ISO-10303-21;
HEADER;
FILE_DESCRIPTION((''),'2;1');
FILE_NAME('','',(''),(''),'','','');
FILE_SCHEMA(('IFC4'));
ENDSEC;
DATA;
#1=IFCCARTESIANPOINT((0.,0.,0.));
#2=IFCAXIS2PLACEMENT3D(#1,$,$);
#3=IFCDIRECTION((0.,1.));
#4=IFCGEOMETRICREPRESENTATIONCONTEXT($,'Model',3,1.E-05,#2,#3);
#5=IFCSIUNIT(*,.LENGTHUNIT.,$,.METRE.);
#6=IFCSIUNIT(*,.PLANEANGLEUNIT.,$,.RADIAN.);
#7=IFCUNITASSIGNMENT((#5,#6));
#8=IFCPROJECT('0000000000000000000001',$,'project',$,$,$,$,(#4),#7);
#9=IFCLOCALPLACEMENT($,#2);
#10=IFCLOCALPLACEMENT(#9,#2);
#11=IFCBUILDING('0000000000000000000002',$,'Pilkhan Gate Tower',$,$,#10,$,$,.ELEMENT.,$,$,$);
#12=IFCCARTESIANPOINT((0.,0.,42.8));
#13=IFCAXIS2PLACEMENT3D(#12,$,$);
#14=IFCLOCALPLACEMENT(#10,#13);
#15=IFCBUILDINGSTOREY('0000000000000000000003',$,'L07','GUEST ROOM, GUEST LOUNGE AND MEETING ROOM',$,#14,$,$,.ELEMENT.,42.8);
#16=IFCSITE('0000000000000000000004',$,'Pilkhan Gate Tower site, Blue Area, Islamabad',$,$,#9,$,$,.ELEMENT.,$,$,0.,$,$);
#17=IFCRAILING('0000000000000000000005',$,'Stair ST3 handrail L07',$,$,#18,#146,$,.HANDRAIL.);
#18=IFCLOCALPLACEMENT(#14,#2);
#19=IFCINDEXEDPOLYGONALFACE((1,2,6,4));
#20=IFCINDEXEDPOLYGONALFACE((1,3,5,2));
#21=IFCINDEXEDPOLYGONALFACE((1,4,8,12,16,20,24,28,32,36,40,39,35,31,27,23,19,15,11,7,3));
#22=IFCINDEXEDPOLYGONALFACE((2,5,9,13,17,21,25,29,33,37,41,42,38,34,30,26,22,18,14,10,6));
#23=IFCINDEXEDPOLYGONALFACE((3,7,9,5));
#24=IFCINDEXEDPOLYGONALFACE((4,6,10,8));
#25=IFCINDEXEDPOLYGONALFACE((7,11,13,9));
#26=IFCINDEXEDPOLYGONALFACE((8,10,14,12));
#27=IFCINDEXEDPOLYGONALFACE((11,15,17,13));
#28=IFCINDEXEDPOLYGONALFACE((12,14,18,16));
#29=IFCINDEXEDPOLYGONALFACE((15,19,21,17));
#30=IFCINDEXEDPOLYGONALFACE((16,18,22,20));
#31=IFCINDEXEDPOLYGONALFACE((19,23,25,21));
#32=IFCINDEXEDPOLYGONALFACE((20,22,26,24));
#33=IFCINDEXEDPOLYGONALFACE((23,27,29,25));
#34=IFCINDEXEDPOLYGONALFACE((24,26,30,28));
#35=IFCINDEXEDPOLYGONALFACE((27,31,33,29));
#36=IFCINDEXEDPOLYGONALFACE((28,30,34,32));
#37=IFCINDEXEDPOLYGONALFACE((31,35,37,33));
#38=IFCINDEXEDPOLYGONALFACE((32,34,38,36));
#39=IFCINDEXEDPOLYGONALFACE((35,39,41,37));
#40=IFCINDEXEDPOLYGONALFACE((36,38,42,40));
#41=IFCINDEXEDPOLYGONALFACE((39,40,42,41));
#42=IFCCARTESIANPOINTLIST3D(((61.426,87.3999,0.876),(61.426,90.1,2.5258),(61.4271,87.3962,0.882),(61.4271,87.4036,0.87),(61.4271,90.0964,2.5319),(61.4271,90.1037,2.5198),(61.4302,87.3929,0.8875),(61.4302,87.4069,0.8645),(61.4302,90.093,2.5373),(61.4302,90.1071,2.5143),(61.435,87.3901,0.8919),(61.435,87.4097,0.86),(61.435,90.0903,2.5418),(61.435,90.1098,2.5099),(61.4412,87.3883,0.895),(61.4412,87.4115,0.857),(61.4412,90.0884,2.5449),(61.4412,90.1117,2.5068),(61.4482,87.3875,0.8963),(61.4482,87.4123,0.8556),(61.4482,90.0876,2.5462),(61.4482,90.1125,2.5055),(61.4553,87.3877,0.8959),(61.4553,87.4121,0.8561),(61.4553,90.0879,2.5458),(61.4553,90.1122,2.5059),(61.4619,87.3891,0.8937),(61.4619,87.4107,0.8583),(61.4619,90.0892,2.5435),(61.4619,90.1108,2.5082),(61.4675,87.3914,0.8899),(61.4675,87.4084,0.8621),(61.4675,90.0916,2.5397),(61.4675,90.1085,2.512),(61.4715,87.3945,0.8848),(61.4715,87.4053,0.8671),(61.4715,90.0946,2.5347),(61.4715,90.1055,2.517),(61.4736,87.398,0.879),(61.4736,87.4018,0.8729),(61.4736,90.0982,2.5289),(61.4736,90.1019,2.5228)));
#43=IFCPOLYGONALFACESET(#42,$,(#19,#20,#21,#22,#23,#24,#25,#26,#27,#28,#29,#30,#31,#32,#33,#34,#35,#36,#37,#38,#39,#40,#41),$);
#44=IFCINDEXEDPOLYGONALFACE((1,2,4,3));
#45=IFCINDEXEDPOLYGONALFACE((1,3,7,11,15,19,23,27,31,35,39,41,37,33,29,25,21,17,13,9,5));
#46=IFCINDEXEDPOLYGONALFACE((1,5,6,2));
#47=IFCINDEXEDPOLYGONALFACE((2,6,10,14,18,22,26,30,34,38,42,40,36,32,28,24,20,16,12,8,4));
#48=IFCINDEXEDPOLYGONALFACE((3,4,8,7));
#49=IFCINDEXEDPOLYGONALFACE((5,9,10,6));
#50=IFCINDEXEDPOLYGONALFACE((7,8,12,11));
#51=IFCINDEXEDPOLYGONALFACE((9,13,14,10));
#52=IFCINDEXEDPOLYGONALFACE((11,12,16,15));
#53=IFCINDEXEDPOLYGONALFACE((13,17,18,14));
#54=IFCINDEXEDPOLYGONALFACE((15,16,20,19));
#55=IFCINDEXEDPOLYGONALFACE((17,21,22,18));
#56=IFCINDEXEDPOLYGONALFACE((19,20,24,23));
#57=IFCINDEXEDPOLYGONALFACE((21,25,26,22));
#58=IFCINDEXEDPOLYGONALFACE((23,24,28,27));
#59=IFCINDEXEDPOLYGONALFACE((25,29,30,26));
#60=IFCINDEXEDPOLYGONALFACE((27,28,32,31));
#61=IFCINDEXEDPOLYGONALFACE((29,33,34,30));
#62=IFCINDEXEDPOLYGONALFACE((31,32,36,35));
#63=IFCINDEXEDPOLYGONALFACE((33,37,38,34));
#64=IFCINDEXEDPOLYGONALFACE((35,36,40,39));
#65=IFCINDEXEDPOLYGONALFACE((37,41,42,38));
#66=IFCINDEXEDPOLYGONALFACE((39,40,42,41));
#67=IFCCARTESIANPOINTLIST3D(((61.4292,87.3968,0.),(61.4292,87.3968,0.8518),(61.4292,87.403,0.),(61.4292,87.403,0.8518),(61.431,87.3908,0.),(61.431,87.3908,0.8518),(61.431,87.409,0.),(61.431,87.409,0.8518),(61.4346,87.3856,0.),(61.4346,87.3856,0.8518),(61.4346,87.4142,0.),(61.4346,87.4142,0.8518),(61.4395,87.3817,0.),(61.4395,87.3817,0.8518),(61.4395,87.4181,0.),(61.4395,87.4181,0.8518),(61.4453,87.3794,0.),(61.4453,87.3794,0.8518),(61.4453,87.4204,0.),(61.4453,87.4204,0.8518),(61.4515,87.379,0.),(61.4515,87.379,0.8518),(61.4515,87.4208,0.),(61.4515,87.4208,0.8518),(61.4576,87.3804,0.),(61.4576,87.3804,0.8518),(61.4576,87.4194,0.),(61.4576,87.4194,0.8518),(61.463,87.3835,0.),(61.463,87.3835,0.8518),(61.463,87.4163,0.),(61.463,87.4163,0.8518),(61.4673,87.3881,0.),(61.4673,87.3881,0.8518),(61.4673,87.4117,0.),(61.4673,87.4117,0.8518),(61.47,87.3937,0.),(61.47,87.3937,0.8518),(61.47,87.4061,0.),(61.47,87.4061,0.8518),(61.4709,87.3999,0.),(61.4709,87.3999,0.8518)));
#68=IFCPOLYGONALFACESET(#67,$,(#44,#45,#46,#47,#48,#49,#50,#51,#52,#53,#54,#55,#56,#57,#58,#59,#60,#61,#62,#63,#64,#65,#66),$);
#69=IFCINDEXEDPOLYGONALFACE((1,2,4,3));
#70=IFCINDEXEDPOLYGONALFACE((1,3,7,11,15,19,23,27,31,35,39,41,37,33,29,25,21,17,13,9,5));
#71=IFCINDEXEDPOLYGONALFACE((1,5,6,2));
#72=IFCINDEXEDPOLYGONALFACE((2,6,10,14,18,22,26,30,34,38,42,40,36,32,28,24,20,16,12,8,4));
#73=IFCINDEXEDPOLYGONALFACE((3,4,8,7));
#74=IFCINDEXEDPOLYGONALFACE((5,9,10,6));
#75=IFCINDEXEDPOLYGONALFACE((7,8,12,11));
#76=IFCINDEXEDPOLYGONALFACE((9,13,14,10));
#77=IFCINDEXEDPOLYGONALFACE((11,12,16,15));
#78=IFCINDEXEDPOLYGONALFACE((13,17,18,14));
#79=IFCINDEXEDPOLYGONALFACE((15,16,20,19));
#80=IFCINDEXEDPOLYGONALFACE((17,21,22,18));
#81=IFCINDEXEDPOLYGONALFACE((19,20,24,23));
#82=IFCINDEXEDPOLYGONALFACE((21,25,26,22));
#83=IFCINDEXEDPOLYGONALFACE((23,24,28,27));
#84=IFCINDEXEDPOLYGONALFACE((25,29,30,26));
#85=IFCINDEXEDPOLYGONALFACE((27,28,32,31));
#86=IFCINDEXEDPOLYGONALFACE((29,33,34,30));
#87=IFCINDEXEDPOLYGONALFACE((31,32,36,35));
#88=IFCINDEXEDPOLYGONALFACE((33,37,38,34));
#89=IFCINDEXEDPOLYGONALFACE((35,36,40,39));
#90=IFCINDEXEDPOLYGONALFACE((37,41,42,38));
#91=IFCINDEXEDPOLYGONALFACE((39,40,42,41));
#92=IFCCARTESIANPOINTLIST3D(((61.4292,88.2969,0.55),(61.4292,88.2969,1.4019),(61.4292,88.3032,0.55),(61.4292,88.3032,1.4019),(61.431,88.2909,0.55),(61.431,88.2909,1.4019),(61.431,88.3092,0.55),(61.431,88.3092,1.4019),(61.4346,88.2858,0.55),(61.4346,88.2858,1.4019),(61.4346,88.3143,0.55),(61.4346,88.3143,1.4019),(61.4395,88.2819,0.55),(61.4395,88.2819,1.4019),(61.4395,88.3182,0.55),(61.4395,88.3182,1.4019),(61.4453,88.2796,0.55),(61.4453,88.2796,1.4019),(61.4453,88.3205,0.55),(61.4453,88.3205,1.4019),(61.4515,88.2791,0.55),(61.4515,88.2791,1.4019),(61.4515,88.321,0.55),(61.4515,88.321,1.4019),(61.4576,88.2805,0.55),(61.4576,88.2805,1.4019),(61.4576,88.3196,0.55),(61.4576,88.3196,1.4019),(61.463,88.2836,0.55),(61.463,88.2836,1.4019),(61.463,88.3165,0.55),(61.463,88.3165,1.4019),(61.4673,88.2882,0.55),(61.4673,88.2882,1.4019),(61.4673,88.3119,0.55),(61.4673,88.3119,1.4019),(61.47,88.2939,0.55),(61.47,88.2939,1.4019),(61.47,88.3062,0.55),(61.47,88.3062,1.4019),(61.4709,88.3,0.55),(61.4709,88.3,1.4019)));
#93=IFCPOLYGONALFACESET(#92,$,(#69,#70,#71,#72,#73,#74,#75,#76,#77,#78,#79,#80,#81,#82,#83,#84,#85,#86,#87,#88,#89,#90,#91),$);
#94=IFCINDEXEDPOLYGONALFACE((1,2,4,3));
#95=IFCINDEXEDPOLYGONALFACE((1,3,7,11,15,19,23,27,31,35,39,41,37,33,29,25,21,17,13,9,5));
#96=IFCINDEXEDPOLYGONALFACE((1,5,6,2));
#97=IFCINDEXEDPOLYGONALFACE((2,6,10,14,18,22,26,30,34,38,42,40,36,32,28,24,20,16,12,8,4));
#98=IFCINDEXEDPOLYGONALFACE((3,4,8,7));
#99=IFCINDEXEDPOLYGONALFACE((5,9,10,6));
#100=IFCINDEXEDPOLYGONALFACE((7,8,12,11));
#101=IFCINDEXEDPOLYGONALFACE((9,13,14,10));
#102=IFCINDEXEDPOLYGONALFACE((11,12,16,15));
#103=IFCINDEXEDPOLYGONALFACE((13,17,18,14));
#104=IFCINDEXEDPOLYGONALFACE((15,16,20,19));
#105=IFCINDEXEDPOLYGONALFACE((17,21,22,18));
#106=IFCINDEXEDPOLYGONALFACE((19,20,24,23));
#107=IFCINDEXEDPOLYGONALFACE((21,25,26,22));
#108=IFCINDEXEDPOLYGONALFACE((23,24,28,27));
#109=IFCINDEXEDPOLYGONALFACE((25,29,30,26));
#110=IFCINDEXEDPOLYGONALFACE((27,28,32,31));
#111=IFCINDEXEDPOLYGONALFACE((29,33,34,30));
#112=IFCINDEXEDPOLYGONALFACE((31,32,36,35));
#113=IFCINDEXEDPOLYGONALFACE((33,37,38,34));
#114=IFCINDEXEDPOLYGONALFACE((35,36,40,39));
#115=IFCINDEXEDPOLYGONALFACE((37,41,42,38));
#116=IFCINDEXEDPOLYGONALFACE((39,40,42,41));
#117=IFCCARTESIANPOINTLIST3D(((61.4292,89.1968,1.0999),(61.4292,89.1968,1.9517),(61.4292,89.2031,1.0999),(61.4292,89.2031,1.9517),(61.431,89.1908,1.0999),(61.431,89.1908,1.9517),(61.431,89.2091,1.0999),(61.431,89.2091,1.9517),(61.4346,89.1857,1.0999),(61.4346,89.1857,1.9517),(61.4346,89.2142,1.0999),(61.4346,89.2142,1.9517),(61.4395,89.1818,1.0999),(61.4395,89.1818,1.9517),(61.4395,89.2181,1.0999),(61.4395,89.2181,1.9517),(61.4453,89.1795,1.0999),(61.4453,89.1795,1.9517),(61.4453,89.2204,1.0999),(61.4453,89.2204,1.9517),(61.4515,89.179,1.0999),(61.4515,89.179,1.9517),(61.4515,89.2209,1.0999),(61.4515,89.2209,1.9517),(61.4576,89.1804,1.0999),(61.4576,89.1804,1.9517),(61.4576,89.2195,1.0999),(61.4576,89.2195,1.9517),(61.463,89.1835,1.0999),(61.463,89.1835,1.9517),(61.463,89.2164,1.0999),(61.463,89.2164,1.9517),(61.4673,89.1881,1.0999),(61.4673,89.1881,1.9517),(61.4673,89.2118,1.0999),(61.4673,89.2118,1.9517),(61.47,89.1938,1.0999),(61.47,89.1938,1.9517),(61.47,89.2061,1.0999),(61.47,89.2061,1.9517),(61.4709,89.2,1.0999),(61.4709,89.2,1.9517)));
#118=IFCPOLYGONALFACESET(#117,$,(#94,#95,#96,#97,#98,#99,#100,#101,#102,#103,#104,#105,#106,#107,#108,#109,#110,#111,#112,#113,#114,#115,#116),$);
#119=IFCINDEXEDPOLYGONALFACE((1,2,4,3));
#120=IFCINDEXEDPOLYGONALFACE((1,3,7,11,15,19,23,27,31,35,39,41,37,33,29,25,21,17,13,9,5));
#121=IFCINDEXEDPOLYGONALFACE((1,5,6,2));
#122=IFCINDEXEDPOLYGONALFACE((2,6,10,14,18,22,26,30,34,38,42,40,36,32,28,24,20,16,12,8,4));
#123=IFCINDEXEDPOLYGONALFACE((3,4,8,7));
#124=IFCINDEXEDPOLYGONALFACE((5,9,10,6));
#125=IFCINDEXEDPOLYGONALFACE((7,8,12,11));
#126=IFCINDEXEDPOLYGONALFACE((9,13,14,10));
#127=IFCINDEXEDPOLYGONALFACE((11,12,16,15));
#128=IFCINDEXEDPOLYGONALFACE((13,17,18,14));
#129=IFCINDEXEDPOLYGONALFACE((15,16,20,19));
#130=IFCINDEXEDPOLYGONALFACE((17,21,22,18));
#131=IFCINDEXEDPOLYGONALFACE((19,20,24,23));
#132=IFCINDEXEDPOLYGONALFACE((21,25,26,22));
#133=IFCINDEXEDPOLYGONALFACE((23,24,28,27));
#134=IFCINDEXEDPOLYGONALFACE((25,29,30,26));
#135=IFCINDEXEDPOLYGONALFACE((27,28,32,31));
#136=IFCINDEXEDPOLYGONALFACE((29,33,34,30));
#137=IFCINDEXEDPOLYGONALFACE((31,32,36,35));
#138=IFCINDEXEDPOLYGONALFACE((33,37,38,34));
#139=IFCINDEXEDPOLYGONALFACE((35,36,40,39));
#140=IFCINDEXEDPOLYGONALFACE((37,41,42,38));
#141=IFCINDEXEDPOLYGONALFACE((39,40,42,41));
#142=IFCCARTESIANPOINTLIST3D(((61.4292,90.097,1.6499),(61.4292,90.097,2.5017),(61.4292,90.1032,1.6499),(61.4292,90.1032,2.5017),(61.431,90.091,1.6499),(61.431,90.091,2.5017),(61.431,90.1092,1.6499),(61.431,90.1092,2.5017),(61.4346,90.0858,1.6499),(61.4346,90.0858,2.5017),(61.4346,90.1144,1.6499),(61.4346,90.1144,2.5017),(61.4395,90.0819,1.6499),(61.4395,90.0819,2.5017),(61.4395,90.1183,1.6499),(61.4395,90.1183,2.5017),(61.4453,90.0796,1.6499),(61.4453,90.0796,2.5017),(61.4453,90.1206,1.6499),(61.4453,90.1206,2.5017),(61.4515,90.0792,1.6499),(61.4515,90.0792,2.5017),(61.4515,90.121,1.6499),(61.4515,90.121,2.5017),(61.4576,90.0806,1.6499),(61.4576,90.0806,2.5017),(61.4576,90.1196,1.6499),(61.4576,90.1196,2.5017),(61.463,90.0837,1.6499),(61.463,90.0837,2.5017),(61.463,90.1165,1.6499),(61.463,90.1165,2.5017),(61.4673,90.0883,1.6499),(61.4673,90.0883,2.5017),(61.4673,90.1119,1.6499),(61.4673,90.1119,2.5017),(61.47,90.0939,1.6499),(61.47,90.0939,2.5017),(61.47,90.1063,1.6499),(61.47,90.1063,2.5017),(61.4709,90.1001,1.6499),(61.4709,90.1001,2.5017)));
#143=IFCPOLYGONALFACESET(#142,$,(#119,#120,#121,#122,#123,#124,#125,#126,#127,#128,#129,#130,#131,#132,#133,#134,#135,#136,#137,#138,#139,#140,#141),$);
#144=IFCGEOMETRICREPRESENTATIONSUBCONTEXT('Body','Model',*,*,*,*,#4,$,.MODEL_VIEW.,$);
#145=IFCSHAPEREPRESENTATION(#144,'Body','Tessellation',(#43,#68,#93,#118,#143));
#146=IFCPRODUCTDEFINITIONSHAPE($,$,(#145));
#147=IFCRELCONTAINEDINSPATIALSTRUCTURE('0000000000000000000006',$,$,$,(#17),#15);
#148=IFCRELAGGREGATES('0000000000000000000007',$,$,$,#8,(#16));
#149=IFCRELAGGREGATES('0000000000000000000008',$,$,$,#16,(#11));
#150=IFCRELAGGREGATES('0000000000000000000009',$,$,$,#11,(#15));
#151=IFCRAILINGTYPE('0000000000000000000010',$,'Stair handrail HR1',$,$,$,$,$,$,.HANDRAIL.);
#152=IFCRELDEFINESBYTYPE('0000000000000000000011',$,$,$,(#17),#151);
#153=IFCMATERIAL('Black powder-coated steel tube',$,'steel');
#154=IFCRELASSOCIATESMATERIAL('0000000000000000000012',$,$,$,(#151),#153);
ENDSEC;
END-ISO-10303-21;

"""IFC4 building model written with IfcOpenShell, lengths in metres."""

from ifc_helpers import new_model, si_unit, direction, frame, origin, origin_2d, place, context, subcontext, project, spatial, circle, extrude, material, type_object, element, save


model = new_model("IFC4")

# Units and contexts
model_context = context("Model", 3, precision=1e-05, world=origin(), true_north=direction((0.0, 1.0)))
body_context = subcontext(model_context, "Body", "Model", "MODEL_VIEW")
ifc_project = project(units=[si_unit("LENGTHUNIT", "METRE"), si_unit("PLANEANGLEUNIT", "RADIAN")], contexts=[model_context])

# Site, building, storey
site_placement = place(None, origin())
site = spatial("IfcSite", under=ifc_project, at=site_placement, Name="Pilkhan Gate Tower site, Blue Area, Islamabad", CompositionType="ELEMENT", RefElevation=0.0)
building_placement = place(site_placement, origin())
building = spatial("IfcBuilding", under=site, at=building_placement, Name="Pilkhan Gate Tower", CompositionType="ELEMENT")
storey_placement = place(building_placement, frame((0.0, 0.0, 42.8)))
storey = spatial("IfcBuildingStorey", under=building, at=storey_placement, Name="L07", Description="GUEST ROOM, GUEST LOUNGE AND MEETING ROOM", CompositionType="ELEMENT", Elevation=42.8)

# Railing
ifc_material_1 = material(Name="Black powder-coated steel tube", Category="steel")
railing_type_1 = type_object("IfcRailingType", Name="Stair handrail HR1", PredefinedType="HANDRAIL", material=ifc_material_1)
railing_1_placement = place(storey_placement, frame((61.45, 87.3999, 0.0)))
element("IfcRailing", 1, at=railing_1_placement, inside=storey, type_object=railing_type_1, Name="Stair ST3 handrail L07", PredefinedType="HANDRAIL", context=body_context, shape_type="SweptSolid", body=[
    extrude(circle(Radius=0.0239, at=origin_2d()), frame((0.0, 0.0, 0.876), z_axis=(0.0, 0.853312, 0.5214), x_axis=(-1.0, 0.0, 0.0)), (0.0, 0.0, 1.0), 3.1643),
    extrude(circle(Radius=0.021, at=origin_2d()), origin(), (0.0, 0.0, 1.0), 0.8518),
    extrude(circle(Radius=0.021, at=origin_2d()), frame((0.0, 0.9001, 0.55)), (0.0, 0.0, 1.0), 0.8518),
    extrude(circle(Radius=0.021, at=origin_2d()), frame((0.0, 1.8, 1.0999)), (0.0, 0.0, 1.0), 0.8518),
    extrude(circle(Radius=0.021, at=origin_2d()), frame((0.0, 2.7002, 1.6499)), (0.0, 0.0, 1.0), 0.8518),
])

save(model, "model.ifc")
